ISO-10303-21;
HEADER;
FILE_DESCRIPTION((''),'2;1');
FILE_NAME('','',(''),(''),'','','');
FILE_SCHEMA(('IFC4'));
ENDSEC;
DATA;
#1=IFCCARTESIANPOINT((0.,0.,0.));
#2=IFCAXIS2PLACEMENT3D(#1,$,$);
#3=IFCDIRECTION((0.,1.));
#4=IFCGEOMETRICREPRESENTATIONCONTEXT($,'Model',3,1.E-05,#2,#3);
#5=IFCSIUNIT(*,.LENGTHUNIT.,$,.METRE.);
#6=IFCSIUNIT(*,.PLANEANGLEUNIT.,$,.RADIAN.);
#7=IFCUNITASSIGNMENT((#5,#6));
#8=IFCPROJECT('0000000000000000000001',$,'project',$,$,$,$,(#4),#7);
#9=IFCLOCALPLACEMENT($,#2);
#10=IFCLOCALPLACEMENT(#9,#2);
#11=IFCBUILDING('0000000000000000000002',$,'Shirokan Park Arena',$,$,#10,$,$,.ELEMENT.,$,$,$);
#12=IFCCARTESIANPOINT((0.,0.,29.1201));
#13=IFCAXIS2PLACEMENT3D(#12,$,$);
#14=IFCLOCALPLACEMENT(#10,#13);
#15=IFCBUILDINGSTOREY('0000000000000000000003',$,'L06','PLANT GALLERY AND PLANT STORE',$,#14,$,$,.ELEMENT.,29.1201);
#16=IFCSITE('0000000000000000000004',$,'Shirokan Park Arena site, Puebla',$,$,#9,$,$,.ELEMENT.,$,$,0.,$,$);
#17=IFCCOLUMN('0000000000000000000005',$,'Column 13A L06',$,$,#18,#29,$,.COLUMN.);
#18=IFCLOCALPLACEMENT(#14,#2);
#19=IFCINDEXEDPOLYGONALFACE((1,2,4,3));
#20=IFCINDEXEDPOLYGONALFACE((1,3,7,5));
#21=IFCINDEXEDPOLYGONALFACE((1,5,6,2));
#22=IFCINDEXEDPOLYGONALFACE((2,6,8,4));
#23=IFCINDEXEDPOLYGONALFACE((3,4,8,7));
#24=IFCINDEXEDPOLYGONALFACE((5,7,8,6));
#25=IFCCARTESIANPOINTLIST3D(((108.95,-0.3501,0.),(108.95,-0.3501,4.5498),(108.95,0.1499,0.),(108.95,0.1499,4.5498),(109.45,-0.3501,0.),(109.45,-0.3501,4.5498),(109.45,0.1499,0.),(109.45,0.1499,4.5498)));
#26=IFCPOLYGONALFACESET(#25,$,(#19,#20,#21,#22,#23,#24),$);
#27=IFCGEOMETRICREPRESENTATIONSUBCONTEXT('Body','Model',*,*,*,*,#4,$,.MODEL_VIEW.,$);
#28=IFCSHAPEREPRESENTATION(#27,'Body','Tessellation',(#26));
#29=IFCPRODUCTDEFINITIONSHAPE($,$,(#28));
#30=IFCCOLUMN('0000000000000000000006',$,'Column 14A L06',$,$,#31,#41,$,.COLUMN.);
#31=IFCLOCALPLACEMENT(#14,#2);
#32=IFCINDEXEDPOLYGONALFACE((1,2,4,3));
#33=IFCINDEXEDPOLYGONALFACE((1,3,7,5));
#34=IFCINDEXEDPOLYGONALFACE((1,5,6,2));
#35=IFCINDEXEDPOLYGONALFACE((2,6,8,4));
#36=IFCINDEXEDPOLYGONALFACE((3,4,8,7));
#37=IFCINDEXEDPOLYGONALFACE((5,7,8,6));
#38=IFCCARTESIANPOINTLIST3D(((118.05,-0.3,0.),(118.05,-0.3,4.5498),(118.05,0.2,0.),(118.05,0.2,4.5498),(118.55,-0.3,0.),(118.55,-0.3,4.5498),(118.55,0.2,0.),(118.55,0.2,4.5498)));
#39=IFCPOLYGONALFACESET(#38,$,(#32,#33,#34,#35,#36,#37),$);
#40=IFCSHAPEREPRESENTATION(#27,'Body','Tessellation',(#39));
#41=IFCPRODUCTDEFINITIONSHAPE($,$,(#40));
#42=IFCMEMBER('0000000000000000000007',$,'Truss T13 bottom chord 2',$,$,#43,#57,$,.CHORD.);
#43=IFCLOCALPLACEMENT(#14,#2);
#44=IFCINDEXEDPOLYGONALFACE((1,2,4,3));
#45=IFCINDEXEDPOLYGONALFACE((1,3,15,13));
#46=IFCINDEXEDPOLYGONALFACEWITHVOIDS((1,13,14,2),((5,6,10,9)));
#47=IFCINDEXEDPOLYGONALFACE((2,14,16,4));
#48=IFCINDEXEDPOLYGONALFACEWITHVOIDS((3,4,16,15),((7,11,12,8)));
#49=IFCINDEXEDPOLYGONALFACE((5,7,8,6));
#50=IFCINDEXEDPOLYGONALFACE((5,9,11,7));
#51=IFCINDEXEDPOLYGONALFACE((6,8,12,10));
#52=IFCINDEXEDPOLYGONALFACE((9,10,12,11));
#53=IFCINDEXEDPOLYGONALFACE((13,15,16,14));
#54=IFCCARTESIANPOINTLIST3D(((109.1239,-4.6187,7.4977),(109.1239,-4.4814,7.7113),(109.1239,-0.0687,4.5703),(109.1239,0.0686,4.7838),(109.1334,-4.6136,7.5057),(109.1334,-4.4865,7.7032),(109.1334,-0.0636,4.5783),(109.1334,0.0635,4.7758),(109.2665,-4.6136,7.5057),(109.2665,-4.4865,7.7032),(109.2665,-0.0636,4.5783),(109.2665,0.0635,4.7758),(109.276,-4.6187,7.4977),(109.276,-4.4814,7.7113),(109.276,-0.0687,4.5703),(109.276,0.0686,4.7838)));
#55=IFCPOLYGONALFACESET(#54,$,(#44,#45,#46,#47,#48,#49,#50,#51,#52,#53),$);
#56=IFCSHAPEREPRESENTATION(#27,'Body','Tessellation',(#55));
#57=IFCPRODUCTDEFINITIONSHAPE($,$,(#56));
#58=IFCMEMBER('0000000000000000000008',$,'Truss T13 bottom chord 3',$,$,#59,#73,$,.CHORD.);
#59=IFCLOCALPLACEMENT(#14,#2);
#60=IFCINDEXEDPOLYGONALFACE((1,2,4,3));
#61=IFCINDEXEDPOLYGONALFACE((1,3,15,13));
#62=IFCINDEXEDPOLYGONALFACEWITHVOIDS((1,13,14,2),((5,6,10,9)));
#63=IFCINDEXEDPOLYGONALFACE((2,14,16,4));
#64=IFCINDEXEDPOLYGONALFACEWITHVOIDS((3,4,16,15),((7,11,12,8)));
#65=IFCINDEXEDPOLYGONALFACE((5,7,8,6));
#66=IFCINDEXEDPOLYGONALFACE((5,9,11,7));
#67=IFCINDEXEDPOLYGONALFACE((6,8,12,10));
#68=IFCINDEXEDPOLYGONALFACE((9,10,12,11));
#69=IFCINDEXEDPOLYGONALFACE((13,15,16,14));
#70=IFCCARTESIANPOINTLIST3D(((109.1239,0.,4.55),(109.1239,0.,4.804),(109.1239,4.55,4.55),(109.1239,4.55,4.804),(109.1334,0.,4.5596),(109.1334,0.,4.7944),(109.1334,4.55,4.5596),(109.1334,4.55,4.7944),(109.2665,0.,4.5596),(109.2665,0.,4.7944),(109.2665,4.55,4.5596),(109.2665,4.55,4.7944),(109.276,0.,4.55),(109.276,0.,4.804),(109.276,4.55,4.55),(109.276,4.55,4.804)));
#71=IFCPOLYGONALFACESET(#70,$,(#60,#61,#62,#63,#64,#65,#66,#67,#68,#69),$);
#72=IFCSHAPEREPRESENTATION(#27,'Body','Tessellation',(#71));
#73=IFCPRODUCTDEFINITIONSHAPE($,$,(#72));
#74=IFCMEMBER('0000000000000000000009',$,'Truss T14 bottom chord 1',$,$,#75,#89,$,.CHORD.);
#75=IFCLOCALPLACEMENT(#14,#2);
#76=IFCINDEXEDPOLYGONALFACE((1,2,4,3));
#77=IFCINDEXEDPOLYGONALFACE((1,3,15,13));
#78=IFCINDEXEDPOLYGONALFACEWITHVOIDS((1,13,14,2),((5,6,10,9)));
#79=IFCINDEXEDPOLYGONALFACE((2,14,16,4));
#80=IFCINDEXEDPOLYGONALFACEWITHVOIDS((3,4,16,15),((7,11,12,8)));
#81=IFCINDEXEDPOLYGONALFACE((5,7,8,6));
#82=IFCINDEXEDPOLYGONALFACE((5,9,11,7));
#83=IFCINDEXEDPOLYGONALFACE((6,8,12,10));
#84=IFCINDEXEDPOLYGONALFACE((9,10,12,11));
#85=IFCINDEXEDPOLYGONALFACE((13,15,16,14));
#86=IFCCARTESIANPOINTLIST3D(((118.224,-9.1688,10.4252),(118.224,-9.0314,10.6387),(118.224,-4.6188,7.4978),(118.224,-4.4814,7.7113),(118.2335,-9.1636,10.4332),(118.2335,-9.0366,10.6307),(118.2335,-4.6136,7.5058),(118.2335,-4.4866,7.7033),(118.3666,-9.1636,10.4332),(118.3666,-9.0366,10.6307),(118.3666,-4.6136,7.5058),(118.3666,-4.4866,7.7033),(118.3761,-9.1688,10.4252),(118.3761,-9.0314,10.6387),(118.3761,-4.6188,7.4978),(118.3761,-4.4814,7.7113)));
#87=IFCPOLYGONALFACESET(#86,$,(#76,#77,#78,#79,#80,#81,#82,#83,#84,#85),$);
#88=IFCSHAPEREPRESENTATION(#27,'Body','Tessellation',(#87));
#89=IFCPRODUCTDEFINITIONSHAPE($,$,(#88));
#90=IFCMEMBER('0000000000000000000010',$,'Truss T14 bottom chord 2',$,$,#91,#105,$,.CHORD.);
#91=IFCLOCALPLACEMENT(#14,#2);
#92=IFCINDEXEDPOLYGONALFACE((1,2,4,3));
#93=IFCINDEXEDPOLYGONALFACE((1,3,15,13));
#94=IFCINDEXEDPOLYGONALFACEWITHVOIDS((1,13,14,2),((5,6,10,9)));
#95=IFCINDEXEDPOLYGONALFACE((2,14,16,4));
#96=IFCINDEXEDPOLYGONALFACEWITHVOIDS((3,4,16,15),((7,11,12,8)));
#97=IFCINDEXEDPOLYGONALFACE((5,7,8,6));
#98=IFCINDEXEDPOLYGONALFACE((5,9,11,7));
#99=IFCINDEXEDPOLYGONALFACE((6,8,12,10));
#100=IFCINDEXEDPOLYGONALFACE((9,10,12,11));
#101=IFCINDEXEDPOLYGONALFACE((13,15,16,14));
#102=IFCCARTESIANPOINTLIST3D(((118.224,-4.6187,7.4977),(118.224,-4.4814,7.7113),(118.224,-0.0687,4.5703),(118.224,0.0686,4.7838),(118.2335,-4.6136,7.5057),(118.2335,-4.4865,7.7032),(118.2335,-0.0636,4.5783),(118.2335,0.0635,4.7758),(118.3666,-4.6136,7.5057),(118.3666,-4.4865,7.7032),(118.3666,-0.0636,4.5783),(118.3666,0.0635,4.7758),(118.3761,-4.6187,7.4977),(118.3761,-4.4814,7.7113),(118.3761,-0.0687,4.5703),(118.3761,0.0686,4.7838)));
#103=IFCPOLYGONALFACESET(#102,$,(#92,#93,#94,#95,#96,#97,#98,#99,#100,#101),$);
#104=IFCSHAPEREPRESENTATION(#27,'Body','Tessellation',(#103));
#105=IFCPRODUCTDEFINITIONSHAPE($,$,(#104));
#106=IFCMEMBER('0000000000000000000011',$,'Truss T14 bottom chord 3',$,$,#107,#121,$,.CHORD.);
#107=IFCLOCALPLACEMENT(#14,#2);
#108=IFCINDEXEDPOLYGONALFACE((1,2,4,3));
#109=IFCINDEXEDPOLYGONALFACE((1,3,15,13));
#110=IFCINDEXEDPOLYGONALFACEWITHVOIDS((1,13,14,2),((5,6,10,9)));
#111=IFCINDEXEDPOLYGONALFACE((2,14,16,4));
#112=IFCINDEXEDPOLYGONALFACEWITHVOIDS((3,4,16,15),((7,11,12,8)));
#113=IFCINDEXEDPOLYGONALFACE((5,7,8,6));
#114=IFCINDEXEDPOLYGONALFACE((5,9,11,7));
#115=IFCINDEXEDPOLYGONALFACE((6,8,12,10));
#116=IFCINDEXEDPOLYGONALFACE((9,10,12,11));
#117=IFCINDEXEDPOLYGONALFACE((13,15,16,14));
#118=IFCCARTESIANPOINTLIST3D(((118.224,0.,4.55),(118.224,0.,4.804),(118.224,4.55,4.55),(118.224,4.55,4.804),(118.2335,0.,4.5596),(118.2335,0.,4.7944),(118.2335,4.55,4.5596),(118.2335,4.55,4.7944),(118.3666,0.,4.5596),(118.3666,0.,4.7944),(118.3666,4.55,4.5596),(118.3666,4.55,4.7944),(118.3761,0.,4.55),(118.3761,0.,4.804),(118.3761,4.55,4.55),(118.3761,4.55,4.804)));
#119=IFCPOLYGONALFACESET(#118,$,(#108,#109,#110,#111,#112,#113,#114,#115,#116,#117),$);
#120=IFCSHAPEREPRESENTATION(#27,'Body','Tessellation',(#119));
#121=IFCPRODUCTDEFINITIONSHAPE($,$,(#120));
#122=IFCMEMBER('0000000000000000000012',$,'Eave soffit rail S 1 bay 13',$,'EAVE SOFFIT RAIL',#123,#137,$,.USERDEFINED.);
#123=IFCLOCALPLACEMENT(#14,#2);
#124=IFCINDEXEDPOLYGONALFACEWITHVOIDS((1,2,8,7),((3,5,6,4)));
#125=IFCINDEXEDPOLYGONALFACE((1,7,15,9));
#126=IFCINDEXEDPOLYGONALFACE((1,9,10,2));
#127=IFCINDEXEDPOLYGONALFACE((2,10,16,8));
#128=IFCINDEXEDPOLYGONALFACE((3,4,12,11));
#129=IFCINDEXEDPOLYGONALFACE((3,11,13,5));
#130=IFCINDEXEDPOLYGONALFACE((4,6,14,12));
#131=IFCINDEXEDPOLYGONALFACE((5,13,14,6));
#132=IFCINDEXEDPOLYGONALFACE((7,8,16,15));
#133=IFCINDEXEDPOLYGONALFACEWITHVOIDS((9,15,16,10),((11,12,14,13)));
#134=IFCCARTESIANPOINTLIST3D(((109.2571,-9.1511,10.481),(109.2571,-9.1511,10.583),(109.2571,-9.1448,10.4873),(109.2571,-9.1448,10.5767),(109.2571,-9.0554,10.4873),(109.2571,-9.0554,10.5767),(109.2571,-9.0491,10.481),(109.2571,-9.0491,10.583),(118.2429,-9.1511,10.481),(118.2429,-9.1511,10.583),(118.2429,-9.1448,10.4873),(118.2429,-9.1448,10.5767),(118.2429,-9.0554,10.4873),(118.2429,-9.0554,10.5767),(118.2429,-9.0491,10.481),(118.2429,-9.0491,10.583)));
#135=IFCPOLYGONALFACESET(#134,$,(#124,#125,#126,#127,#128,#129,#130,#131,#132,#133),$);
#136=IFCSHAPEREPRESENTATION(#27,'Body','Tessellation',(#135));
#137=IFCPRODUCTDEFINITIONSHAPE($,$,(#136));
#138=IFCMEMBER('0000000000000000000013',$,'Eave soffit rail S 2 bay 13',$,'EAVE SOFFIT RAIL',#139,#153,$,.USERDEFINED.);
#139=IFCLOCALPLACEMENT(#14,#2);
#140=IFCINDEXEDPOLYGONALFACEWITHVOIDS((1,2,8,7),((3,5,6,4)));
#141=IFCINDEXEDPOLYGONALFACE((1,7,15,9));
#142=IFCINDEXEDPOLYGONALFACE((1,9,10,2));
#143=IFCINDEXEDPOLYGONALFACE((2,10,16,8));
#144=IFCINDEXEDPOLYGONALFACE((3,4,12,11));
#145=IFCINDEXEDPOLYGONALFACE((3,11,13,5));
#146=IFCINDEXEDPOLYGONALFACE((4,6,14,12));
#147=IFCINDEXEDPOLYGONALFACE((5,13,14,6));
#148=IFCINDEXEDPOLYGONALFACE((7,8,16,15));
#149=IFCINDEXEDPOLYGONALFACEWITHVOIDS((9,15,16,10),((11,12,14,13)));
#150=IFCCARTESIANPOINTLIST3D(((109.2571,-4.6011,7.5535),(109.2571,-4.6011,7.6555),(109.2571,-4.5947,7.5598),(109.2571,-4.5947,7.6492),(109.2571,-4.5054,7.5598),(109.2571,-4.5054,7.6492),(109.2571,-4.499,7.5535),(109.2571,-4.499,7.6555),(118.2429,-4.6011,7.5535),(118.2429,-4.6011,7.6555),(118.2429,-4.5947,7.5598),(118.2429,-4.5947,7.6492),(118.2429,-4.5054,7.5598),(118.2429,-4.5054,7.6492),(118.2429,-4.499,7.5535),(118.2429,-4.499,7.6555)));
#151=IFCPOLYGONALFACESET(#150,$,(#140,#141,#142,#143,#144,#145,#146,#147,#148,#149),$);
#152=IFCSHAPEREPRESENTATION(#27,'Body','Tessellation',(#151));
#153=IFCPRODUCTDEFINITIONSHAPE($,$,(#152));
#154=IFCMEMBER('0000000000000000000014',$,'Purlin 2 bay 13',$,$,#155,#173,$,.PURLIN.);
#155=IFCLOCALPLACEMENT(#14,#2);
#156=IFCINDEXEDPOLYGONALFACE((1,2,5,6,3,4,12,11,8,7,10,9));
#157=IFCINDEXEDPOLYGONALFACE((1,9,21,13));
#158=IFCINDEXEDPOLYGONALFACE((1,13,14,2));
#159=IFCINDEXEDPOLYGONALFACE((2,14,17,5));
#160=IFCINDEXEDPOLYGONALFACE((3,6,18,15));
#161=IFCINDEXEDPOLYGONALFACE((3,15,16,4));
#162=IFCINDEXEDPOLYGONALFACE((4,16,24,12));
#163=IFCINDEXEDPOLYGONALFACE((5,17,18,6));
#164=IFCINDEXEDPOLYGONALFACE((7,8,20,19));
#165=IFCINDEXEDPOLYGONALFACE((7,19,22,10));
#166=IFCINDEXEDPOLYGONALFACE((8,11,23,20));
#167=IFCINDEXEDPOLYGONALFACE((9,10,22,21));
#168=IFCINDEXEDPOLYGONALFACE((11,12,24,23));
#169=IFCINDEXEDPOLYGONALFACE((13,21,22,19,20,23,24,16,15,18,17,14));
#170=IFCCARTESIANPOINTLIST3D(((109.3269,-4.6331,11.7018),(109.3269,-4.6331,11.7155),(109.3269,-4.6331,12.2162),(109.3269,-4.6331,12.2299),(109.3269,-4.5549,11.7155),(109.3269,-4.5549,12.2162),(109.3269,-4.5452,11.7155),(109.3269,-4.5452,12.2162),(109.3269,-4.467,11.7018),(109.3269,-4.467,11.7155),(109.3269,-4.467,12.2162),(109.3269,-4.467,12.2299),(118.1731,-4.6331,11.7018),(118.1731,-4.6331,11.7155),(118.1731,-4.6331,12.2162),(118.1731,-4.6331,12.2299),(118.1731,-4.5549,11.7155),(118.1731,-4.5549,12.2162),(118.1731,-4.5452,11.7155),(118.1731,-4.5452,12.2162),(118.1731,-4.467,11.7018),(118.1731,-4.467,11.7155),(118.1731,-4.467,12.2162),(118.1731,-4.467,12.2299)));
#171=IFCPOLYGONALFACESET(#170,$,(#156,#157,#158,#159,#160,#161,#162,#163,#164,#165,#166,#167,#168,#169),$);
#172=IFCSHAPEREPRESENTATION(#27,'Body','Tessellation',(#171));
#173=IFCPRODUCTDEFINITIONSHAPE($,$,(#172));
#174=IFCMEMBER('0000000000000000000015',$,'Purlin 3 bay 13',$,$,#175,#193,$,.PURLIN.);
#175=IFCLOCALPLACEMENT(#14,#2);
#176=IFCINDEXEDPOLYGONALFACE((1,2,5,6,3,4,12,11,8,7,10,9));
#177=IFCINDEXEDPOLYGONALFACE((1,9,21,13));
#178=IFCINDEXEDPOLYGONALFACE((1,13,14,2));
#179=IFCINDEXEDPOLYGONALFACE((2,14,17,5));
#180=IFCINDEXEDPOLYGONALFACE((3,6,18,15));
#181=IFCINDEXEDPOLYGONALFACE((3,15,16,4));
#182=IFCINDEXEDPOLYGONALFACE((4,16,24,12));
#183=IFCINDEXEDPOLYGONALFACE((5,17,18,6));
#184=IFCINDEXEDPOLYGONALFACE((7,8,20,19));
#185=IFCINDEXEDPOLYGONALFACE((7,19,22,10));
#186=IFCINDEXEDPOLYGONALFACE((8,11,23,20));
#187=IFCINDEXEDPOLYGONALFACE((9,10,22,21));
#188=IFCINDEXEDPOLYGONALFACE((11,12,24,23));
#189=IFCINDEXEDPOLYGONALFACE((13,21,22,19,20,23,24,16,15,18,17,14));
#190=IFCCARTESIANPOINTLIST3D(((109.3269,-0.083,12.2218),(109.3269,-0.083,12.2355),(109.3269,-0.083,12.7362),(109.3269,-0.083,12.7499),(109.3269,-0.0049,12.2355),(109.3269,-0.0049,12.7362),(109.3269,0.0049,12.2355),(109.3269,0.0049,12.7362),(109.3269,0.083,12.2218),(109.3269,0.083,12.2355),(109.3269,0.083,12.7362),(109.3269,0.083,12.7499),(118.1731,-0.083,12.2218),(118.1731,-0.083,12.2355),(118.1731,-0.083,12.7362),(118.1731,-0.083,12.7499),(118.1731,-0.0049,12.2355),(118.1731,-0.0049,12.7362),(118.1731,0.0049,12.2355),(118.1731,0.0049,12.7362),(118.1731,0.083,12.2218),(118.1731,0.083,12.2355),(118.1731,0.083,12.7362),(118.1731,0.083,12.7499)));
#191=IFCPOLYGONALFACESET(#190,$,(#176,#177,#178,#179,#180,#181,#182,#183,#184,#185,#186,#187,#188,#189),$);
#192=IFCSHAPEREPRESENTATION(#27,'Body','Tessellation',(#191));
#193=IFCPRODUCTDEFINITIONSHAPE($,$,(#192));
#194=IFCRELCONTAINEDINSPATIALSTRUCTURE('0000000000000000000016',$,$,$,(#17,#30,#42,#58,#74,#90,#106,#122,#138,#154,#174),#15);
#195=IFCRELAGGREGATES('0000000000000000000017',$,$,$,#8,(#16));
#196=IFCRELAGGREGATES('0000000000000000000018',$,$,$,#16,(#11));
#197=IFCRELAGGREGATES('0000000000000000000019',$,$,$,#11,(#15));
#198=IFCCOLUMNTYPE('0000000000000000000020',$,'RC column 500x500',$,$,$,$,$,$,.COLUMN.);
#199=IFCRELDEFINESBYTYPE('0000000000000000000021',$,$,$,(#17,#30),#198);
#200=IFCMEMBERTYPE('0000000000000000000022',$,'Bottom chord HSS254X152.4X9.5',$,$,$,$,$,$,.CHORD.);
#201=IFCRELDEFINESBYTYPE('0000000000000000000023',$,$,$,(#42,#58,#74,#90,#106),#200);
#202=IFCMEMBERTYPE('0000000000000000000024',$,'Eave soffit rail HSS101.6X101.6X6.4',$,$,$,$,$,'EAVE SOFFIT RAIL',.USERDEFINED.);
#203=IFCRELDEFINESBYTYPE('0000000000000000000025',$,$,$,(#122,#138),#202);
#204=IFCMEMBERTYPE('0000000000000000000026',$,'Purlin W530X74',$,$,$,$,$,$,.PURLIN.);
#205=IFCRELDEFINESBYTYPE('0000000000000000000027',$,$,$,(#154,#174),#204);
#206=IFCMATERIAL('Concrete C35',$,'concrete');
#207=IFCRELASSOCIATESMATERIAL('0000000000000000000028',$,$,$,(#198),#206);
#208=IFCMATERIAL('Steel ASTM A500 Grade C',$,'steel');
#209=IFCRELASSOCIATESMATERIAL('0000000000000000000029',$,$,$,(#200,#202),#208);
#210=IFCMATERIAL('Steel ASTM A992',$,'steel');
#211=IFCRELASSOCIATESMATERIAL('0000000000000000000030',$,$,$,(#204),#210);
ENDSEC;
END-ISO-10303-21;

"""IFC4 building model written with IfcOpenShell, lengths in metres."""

from ifc_helpers import new_model, si_unit, direction, frame, origin, origin_2d, place, context, subcontext, project, spatial, rectangle, hollow_rectangle, i_section, extrude, material, material_profile, profile_set, type_object, element, save


model = new_model("IFC4")

# Units and contexts
model_context = context("Model", 3, precision=1e-05, world=origin(), true_north=direction((0.0, 1.0)))
body_context = subcontext(model_context, "Body", "Model", "MODEL_VIEW")
ifc_project = project(units=[si_unit("LENGTHUNIT", "METRE"), si_unit("PLANEANGLEUNIT", "RADIAN")], contexts=[model_context])

# Site, building, storey
site_placement = place(None, origin())
site = spatial("IfcSite", under=ifc_project, at=site_placement, Name="Shirokan Park Arena site, Puebla", CompositionType="ELEMENT", RefElevation=0.0)
building_placement = place(site_placement, origin())
building = spatial("IfcBuilding", under=site, at=building_placement, Name="Shirokan Park Arena", CompositionType="ELEMENT")
storey_placement = place(building_placement, frame((0.0, 0.0, 29.1201)))
storey = spatial("IfcBuildingStorey", under=building, at=storey_placement, Name="L06", Description="PLANT GALLERY AND PLANT STORE", CompositionType="ELEMENT", Elevation=29.1201)

# Columns
ifc_material_1 = material(Name="Concrete C35", Category="concrete")
ifc_material_profile_1 = material_profile(ifc_material_1, rectangle(XDim=0.5, YDim=0.5, at=origin_2d()), Name="500x500")
ifc_profile_set_1 = profile_set([ifc_material_profile_1], Name="Concrete C35")
column_type = type_object("IfcColumnType", Name="RC column 500x500", PredefinedType="COLUMN", material=ifc_profile_set_1)
for number, where, z_axis, x_axis, name in (
    (1, (109.2, -0.1001, 0.0), (0.0, 0.0, 1.0), (1.0, 0.0, 0.0), "Column 13A L06"),
    (2, (118.3, -0.05, 0.0), (0.0, 0.0, 1.0), (1.0, 0.0, 0.0), "Column 14A L06"),
):
    element("IfcColumn", number, at=place(storey_placement, frame(where, z_axis=z_axis, x_axis=x_axis)), inside=storey, type_object=column_type, Name=name, PredefinedType="COLUMN", context=body_context, shape_type="SweptSolid", body=[
        extrude(rectangle(XDim=0.5, YDim=0.5, at=origin_2d()), origin(), (0.0, 0.0, 1.0), 4.5498),
    ])

# Members
ifc_material_2 = material(Name="Steel ASTM A500 Grade C", Category="steel")
ifc_material_profile_2 = material_profile(ifc_material_2, hollow_rectangle(XDim=0.1521, YDim=0.2539, WallThickness=0.0095, at=origin_2d()), Name="HSS254X152.4X9.5")
ifc_profile_set_2 = profile_set([ifc_material_profile_2], Name="Steel ASTM A500 Grade C")
member_type_1 = type_object("IfcMemberType", Name="Bottom chord HSS254X152.4X9.5", PredefinedType="CHORD", material=ifc_profile_set_2)
member_1_placement = place(storey_placement, frame((109.2, -4.55, 7.6045), z_axis=(0.0, 0.840972, -0.541079), x_axis=(-1.0, 0.0, 0.0)))
element("IfcMember", 3, at=member_1_placement, inside=storey, type_object=member_type_1, Name="Truss T13 bottom chord 2", PredefinedType="CHORD", context=body_context, shape_type="SweptSolid", body=[
    extrude(hollow_rectangle(XDim=0.1521, YDim=0.2539, WallThickness=0.0095, at=origin_2d()), origin(), (0.0, 0.0, 1.0), 5.4104),
])
member_2_placement = place(storey_placement, frame((109.2, 0.0, 4.677), z_axis=(0.0, 1.0, 0.0), x_axis=(-1.0, 0.0, 0.0)))
element("IfcMember", 4, at=member_2_placement, inside=storey, type_object=member_type_1, Name="Truss T13 bottom chord 3", PredefinedType="CHORD", context=body_context, shape_type="SweptSolid", body=[
    extrude(hollow_rectangle(XDim=0.1521, YDim=0.2539, WallThickness=0.0095, at=origin_2d()), origin(), (0.0, 0.0, 1.0), 4.55),
])
for number, where, z_axis, x_axis, name in (
    (5, (118.3, -9.1001, 10.532), (0.0, 0.840972, -0.541079), (-1.0, 0.0, 0.0), "Truss T14 bottom chord 1"),
    (6, (118.3, -4.55, 7.6045), (0.0, 0.840972, -0.541079), (-1.0, 0.0, 0.0), "Truss T14 bottom chord 2"),
):
    element("IfcMember", number, at=place(storey_placement, frame(where, z_axis=z_axis, x_axis=x_axis)), inside=storey, type_object=member_type_1, Name=name, PredefinedType="CHORD", context=body_context, shape_type="SweptSolid", body=[
        extrude(hollow_rectangle(XDim=0.1521, YDim=0.2539, WallThickness=0.0095, at=origin_2d()), origin(), (0.0, 0.0, 1.0), 5.4104),
    ])
member_3_placement = place(storey_placement, frame((118.3, 0.0, 4.677), z_axis=(0.0, 1.0, 0.0), x_axis=(-1.0, 0.0, 0.0)))
element("IfcMember", 7, at=member_3_placement, inside=storey, type_object=member_type_1, Name="Truss T14 bottom chord 3", PredefinedType="CHORD", context=body_context, shape_type="SweptSolid", body=[
    extrude(hollow_rectangle(XDim=0.1521, YDim=0.2539, WallThickness=0.0095, at=origin_2d()), origin(), (0.0, 0.0, 1.0), 4.55),
])
ifc_material_profile_3 = material_profile(ifc_material_2, hollow_rectangle(XDim=0.1021, YDim=0.1021, WallThickness=0.0063, at=origin_2d()), Name="HSS101.6X101.6X6.4")
ifc_profile_set_3 = profile_set([ifc_material_profile_3], Name="Steel ASTM A500 Grade C")
member_type_2 = type_object("IfcMemberType", Name="Eave soffit rail HSS101.6X101.6X6.4", ElementType="EAVE SOFFIT RAIL", PredefinedType="USERDEFINED", material=ifc_profile_set_3)
for number, where, z_axis, x_axis, name in (
    (8, (109.2571, -9.1001, 10.532), (1.0, 0.0, 0.0), (0.0, 1.0, 0.0), "Eave soffit rail S 1 bay 13"),
    (9, (109.2571, -4.55, 7.6045), (1.0, 0.0, 0.0), (0.0, 1.0, 0.0), "Eave soffit rail S 2 bay 13"),
):
    element("IfcMember", number, at=place(storey_placement, frame(where, z_axis=z_axis, x_axis=x_axis)), inside=storey, type_object=member_type_2, Name=name, ObjectType="EAVE SOFFIT RAIL", PredefinedType="USERDEFINED", context=body_context, shape_type="SweptSolid", body=[
        extrude(hollow_rectangle(XDim=0.1021, YDim=0.1021, WallThickness=0.0063, at=origin_2d()), origin(), (0.0, 0.0, 1.0), 8.9858),
    ])
ifc_material_3 = material(Name="Steel ASTM A992", Category="steel")
ifc_material_profile_4 = material_profile(ifc_material_3, i_section(OverallWidth=0.166, OverallDepth=0.5281, WebThickness=0.0098, FlangeThickness=0.0137, at=origin_2d()), Name="W530X74")
ifc_profile_set_4 = profile_set([ifc_material_profile_4], Name="Steel ASTM A992")
member_type_3 = type_object("IfcMemberType", Name="Purlin W530X74", PredefinedType="PURLIN", material=ifc_profile_set_4)
for number, where, z_axis, x_axis, name in (
    (10, (109.3269, -4.55, 11.9658), (1.0, 0.0, 0.0), (0.0, 1.0, 0.0), "Purlin 2 bay 13"),
    (11, (109.3269, 0.0, 12.4858), (1.0, 0.0, 0.0), (0.0, 1.0, 0.0), "Purlin 3 bay 13"),
):
    element("IfcMember", number, at=place(storey_placement, frame(where, z_axis=z_axis, x_axis=x_axis)), inside=storey, type_object=member_type_3, Name=name, PredefinedType="PURLIN", context=body_context, shape_type="SweptSolid", body=[
        extrude(i_section(OverallWidth=0.166, OverallDepth=0.5281, WebThickness=0.0098, FlangeThickness=0.0137, at=origin_2d()), origin(), (0.0, 0.0, 1.0), 8.8462),
    ])

save(model, "model.ifc")
